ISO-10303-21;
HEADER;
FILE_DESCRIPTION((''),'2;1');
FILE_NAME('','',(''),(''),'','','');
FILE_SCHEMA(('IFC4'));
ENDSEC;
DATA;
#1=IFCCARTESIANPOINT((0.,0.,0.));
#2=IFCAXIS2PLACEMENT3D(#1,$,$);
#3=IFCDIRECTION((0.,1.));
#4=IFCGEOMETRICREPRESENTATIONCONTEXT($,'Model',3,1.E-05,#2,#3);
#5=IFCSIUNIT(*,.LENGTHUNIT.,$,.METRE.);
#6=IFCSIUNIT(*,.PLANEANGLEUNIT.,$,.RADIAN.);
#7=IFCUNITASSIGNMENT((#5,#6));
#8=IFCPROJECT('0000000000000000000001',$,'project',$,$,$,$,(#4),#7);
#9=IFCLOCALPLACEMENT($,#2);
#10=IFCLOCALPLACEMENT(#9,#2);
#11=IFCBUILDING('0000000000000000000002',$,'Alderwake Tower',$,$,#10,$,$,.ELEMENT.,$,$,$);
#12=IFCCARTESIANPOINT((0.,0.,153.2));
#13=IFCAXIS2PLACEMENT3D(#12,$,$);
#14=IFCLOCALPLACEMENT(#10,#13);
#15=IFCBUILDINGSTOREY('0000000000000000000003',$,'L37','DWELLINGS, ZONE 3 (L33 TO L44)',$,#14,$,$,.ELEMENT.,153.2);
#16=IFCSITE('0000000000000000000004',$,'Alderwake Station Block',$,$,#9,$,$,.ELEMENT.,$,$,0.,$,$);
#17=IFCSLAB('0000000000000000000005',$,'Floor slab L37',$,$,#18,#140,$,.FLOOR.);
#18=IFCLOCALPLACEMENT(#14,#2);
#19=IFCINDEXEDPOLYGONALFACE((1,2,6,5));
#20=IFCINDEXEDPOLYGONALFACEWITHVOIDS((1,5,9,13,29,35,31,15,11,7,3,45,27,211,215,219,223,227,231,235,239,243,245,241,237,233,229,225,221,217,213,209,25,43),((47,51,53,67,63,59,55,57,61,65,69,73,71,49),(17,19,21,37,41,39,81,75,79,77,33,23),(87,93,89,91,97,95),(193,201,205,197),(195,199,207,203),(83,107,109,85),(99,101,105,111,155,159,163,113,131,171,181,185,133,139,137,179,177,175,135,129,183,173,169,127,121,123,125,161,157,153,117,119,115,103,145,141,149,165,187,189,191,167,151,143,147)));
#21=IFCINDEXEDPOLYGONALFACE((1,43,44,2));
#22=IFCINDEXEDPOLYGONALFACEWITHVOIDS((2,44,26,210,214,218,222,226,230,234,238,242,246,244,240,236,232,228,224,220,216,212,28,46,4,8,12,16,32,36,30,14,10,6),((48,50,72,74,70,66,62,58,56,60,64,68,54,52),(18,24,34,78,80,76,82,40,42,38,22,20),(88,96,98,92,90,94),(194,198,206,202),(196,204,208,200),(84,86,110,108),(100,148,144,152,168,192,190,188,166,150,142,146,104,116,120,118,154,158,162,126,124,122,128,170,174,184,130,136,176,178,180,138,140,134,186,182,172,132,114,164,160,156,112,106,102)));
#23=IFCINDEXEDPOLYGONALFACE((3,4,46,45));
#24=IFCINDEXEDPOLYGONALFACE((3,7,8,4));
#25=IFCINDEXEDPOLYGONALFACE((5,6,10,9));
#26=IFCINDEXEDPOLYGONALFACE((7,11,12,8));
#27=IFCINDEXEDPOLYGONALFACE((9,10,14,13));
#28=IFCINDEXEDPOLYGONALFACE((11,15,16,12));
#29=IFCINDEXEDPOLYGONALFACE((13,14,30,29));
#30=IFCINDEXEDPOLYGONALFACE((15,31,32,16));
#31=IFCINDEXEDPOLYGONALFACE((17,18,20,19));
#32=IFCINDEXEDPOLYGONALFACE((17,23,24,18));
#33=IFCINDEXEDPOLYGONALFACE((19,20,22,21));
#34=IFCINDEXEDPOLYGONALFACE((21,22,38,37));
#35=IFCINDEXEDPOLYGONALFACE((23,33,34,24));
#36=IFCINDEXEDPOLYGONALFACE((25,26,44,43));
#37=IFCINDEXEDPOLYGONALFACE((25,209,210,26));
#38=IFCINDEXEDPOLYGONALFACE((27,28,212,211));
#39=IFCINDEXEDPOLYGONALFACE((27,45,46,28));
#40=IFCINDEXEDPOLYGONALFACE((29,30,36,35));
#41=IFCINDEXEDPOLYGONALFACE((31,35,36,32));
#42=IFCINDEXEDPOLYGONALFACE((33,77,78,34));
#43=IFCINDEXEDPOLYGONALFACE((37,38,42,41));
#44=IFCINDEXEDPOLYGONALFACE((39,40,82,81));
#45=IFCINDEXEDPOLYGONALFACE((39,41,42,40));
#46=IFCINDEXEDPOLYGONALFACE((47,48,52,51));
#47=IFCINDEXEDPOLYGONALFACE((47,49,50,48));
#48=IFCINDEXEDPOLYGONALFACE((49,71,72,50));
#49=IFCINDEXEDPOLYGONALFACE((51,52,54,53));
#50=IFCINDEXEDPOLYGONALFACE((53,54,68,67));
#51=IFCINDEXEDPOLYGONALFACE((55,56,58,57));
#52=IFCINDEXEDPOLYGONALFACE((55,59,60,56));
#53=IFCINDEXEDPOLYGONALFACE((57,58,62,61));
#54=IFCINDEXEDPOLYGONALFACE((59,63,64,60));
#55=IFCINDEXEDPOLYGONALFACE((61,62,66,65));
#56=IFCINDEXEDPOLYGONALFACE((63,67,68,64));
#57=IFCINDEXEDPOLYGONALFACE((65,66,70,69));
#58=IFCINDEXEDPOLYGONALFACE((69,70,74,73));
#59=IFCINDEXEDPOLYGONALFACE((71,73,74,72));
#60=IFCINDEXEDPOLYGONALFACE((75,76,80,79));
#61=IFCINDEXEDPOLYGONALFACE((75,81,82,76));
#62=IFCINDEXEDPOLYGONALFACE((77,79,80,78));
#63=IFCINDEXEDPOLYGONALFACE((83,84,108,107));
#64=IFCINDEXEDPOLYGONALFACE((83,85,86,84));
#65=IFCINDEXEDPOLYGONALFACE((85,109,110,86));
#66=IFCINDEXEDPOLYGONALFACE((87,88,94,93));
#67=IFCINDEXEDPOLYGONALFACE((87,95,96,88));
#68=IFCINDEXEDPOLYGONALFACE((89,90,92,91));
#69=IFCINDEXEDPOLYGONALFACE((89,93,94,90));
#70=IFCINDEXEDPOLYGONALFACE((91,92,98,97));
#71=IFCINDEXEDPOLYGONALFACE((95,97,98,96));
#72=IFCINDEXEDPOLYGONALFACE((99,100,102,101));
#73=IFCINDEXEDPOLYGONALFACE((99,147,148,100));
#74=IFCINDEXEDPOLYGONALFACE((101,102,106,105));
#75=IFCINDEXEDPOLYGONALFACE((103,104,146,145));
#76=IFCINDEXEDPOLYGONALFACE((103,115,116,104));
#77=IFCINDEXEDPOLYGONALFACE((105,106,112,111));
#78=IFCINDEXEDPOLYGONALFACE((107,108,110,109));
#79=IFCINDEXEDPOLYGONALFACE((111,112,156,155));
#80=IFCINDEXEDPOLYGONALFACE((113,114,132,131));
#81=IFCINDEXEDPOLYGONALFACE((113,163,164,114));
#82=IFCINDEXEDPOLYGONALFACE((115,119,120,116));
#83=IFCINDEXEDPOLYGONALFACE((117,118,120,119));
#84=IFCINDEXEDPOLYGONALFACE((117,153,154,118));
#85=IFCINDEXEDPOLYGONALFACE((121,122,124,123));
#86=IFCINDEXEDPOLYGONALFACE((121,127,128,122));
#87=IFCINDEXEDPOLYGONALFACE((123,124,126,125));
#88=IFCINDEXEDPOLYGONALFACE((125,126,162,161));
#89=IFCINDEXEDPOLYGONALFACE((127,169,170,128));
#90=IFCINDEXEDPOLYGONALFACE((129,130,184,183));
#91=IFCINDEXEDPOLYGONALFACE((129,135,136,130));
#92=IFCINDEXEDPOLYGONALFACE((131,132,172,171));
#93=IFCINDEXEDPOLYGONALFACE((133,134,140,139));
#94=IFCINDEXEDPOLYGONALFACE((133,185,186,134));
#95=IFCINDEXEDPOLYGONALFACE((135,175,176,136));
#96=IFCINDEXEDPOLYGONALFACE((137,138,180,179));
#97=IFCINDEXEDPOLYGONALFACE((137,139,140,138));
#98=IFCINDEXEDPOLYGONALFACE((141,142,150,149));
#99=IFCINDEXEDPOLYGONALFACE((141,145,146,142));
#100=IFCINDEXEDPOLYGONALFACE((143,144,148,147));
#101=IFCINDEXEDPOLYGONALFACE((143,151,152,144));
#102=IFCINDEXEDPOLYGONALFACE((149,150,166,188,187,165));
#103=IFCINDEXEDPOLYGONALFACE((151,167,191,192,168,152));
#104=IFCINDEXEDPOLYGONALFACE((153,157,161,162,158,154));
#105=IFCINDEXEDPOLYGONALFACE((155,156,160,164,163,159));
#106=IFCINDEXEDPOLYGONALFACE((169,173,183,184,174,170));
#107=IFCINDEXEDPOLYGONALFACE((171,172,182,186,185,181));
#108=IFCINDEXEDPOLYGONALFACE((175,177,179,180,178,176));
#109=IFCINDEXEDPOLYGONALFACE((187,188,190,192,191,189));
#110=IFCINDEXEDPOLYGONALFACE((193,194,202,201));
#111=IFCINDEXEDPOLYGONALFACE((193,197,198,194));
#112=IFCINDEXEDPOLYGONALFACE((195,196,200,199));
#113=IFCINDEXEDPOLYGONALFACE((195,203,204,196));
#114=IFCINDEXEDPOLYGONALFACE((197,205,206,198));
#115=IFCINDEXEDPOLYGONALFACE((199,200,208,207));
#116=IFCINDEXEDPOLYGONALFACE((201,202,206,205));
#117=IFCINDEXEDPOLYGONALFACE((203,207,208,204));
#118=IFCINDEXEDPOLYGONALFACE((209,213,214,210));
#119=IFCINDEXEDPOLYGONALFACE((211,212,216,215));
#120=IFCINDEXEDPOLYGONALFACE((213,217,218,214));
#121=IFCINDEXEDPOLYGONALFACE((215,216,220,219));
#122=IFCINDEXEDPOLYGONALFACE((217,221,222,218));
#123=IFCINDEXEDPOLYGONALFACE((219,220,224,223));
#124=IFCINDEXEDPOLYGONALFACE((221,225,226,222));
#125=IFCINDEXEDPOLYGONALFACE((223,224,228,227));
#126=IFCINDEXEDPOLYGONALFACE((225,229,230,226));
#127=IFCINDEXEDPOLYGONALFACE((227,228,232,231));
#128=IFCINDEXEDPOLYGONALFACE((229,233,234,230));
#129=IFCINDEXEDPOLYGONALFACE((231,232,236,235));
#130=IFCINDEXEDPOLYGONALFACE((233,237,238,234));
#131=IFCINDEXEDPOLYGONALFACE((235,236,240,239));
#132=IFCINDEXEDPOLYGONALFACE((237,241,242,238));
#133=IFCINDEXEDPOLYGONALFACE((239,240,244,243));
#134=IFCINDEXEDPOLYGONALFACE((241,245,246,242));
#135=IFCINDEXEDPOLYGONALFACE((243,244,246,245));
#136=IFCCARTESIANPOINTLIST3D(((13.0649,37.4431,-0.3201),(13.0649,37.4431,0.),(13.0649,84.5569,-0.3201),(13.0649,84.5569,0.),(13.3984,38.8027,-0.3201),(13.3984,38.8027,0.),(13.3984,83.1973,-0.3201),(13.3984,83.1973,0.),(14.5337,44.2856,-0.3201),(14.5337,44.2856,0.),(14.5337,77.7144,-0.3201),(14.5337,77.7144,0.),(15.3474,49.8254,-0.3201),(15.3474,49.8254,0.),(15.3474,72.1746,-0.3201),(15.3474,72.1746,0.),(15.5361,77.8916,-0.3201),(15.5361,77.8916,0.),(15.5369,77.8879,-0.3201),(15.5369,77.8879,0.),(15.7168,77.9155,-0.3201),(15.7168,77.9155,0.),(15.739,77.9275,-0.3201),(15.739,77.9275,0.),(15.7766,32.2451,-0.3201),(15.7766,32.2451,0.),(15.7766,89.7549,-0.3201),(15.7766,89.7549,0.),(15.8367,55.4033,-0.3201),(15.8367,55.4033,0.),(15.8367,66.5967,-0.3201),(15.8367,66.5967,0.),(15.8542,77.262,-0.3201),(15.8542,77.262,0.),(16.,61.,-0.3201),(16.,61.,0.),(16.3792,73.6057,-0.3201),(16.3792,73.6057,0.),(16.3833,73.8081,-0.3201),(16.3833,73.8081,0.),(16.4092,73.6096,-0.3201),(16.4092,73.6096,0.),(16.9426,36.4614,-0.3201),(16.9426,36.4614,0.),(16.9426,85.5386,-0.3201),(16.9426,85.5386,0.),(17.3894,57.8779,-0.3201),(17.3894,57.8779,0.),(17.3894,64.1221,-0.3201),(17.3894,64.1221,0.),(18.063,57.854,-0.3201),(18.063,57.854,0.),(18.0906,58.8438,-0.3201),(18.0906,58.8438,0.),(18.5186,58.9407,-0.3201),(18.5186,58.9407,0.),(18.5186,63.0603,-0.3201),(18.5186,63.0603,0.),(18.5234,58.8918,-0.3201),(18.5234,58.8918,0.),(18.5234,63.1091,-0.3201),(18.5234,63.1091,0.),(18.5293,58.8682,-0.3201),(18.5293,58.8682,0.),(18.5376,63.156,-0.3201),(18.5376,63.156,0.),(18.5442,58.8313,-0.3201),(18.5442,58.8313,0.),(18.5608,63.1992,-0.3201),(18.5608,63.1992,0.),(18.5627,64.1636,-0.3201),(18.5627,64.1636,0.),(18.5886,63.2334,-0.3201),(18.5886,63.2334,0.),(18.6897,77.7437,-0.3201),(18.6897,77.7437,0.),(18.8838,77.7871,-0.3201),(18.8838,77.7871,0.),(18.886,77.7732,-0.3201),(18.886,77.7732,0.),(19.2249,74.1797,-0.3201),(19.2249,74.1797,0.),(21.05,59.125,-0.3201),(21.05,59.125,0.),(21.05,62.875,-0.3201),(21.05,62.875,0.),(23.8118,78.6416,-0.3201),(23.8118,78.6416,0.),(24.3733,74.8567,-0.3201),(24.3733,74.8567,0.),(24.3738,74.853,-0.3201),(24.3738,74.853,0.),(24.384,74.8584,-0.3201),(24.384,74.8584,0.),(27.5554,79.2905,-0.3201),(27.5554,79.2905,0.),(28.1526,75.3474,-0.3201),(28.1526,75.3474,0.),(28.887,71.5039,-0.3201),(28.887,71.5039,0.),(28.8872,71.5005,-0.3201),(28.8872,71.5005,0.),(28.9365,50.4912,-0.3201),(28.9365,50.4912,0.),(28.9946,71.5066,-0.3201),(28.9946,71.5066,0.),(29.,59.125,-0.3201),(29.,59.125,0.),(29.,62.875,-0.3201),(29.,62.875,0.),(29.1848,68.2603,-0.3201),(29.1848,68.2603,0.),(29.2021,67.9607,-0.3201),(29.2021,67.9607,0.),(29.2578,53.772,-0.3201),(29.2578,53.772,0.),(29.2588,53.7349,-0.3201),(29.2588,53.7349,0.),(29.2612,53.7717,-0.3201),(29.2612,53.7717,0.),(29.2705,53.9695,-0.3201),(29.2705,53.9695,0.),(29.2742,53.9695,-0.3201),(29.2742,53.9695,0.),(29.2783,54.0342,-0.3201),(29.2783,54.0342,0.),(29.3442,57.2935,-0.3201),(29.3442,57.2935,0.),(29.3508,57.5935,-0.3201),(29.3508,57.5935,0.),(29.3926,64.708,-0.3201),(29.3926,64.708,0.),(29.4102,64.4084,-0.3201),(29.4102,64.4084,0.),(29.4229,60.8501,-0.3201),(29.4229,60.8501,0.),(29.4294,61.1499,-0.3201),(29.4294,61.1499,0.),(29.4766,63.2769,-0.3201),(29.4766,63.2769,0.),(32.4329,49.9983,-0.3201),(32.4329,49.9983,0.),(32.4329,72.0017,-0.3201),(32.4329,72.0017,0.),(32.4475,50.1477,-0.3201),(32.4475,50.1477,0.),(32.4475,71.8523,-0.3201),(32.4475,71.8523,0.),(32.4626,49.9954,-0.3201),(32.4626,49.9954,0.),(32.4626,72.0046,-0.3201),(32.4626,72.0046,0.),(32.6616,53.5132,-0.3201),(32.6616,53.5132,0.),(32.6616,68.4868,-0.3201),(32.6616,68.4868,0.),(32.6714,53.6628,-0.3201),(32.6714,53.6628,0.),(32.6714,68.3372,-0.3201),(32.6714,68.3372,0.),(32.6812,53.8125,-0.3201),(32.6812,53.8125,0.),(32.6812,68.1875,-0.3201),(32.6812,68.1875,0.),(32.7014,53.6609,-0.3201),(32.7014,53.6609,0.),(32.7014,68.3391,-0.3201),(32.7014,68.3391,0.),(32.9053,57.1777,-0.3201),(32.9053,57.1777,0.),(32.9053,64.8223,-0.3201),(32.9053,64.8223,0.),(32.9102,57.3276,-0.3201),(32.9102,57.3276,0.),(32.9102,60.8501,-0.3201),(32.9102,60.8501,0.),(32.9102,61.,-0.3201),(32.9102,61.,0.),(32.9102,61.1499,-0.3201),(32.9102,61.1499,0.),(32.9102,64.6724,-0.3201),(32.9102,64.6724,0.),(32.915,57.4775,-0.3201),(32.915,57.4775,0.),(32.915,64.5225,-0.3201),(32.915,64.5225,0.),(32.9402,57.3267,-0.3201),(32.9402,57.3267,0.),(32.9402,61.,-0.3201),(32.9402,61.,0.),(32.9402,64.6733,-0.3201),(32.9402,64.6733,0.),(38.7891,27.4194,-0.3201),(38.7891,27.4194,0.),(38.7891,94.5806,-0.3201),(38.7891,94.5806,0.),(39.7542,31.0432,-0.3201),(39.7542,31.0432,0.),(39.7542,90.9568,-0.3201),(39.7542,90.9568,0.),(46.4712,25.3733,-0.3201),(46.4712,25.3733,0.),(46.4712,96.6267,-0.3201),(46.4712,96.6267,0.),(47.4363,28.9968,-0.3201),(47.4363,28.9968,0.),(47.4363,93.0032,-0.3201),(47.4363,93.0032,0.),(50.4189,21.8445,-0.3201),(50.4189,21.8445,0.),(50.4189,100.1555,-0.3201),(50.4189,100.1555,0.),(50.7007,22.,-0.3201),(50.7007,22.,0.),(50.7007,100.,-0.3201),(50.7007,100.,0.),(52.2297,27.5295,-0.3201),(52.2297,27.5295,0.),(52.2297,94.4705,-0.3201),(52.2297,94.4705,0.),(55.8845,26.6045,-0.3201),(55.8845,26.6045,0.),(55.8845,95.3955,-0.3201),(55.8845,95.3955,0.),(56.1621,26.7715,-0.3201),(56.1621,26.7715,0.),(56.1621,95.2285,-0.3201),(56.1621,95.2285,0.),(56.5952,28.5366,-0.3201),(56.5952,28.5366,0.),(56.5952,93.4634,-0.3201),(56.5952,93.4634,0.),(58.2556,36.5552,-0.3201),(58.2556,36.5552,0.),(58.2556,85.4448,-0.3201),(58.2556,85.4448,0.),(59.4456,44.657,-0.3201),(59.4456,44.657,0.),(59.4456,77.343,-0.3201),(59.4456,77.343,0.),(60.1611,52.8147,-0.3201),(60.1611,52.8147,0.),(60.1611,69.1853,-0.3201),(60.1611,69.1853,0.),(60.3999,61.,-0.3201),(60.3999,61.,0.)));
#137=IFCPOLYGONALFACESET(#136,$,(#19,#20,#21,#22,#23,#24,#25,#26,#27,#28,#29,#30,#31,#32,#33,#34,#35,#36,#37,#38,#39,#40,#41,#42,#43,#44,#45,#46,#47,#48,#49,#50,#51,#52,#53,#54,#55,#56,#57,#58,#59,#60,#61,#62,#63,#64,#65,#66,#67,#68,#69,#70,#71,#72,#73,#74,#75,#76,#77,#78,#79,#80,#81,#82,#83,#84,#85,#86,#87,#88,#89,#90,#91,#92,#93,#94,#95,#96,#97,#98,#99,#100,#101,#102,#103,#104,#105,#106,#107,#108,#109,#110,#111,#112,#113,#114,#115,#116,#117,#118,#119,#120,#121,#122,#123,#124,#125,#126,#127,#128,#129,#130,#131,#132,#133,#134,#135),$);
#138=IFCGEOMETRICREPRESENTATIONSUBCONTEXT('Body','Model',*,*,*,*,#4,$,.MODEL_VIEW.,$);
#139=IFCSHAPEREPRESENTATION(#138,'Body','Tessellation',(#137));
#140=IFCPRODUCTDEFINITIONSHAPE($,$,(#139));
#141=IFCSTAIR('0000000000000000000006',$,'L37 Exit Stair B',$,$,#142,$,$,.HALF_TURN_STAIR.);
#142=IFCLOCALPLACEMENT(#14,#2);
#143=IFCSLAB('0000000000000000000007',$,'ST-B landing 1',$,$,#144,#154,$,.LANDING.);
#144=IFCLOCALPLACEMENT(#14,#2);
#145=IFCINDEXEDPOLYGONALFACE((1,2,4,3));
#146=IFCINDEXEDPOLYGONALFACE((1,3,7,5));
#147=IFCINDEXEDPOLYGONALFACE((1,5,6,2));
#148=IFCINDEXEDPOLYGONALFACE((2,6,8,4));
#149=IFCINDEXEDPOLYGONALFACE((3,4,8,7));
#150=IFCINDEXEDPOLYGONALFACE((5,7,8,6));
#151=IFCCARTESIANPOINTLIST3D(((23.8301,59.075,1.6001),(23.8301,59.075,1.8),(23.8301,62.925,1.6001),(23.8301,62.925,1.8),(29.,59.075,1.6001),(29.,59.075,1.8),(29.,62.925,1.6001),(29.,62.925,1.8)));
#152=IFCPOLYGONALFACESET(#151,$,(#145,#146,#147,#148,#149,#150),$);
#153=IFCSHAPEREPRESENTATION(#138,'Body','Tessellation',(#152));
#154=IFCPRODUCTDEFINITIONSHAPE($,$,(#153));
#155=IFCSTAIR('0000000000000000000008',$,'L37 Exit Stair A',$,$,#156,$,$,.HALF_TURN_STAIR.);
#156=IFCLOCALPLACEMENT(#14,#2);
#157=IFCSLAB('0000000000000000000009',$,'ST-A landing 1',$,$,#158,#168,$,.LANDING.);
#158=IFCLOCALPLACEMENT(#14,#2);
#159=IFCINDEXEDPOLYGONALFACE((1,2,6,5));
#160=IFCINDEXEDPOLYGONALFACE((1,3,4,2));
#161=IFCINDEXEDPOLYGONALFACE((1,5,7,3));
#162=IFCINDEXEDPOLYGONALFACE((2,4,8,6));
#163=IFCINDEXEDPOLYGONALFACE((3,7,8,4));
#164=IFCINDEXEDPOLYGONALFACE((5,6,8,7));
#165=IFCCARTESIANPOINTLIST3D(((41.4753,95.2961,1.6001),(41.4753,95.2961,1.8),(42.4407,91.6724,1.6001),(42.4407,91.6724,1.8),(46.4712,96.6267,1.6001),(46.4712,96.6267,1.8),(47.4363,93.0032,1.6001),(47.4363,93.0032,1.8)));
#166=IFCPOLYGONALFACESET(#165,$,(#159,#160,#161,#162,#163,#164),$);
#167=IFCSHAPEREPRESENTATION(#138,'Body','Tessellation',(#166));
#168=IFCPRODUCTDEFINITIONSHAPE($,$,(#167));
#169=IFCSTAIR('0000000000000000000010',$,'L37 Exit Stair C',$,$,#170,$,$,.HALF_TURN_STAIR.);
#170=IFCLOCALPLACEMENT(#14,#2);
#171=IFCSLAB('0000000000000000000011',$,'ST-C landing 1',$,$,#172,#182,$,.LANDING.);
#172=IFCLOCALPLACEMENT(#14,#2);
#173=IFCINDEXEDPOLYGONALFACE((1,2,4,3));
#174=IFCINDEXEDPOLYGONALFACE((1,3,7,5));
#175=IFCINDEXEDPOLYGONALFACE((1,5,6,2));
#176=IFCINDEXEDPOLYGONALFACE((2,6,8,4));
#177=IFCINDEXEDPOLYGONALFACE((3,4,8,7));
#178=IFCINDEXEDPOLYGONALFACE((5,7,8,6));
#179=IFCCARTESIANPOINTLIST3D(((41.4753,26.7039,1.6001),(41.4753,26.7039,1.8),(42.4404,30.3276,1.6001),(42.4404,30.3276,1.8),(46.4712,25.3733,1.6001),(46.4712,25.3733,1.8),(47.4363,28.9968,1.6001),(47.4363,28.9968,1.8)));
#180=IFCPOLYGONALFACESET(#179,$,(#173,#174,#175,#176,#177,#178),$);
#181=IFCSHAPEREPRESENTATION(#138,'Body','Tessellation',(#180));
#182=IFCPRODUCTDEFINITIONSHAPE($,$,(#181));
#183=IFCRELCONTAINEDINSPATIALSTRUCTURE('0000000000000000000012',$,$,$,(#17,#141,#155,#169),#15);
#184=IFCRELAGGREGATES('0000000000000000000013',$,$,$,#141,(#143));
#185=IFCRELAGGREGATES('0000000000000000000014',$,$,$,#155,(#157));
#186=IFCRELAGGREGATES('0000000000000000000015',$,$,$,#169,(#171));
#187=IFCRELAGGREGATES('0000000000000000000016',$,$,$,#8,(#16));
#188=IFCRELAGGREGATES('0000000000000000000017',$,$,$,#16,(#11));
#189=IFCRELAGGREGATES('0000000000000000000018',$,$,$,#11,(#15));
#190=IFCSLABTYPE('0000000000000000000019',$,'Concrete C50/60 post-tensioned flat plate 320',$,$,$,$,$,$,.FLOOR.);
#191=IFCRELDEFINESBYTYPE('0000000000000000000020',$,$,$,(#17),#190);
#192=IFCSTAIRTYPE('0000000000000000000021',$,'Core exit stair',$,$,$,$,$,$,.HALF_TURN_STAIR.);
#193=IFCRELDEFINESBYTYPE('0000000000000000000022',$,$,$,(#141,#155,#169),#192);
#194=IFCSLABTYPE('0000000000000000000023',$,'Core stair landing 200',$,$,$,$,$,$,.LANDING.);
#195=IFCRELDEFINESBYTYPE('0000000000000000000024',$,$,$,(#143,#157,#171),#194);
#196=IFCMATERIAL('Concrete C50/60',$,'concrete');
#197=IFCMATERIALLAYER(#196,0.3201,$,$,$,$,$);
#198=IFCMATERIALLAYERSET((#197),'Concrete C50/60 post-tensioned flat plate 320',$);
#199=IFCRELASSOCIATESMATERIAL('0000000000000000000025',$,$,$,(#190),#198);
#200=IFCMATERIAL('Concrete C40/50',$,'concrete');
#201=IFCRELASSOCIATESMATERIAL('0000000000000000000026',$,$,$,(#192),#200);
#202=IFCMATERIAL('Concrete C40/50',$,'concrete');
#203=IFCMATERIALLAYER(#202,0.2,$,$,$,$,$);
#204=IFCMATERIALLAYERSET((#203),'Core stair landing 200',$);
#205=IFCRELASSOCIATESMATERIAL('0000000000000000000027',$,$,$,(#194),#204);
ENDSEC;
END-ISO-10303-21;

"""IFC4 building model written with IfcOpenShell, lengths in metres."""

from ifc_helpers import new_model, si_unit, direction, frame, origin, place, context, subcontext, project, spatial, polyline, outline, extrude, material, layer, layer_set, type_object, element, aggregate, save


model = new_model("IFC4")

# Units and contexts
model_context = context("Model", 3, precision=1e-05, world=origin(), true_north=direction((0.0, 1.0)))
body_context = subcontext(model_context, "Body", "Model", "MODEL_VIEW")
ifc_project = project(units=[si_unit("LENGTHUNIT", "METRE"), si_unit("PLANEANGLEUNIT", "RADIAN")], contexts=[model_context])

# Site, building, storey
site_placement = place(None, origin())
site = spatial("IfcSite", under=ifc_project, at=site_placement, Name="Alderwake Station Block", CompositionType="ELEMENT", RefElevation=0.0)
building_placement = place(site_placement, origin())
building = spatial("IfcBuilding", under=site, at=building_placement, Name="Alderwake Tower", CompositionType="ELEMENT")
storey_placement = place(building_placement, frame((0.0, 0.0, 153.2)))
storey = spatial("IfcBuildingStorey", under=building, at=storey_placement, Name="L37", Description="DWELLINGS, ZONE 3 (L33 TO L44)", CompositionType="ELEMENT", Elevation=153.2)

# Slab
ifc_material_1 = material(Name="Concrete C50/60", Category="concrete")
ifc_layer_1 = layer(ifc_material_1, 0.3201)
ifc_layer_set_1 = layer_set([ifc_layer_1], Name="Concrete C50/60 post-tensioned flat plate 320")
slab_type_1 = type_object("IfcSlabType", Name="Concrete C50/60 post-tensioned flat plate 320", PredefinedType="FLOOR", material=ifc_layer_set_1)
slab_1_placement = place(storey_placement, frame((0.0, 0.0, -0.3201)))
element("IfcSlab", 1, at=slab_1_placement, inside=storey, type_object=slab_type_1, Name="Floor slab L37", PredefinedType="FLOOR", context=body_context, shape_type="SweptSolid", body=[
    extrude(outline(polyline([(13.0649, 37.4431), (13.3984, 38.8027), (14.5337, 44.2856), (15.3474, 49.8254), (15.8367, 55.4033), (16.0, 61.0), (15.8367, 66.5967), (15.3474, 72.1746), (14.5337, 77.7144), (13.3984, 83.1973), (13.0649, 84.5569), (16.9426, 85.5386), (15.7766, 89.7549), (50.4189, 100.1555), (50.7007, 100.0), (52.2297, 94.4705), (55.8845, 95.3955), (56.1621, 95.2285), (56.5952, 93.4634), (58.2556, 85.4448), (59.4456, 77.343), (60.1611, 69.1853), (60.3999, 61.0), (60.1611, 52.8147), (59.4456, 44.657), (58.2556, 36.5552), (56.5952, 28.5366), (56.1621, 26.7715), (55.8845, 26.6045), (52.2297, 27.5295), (50.7007, 22.0), (50.4189, 21.8445), (15.7766, 32.2451), (16.9426, 36.4614), (13.0649, 37.4431)]), holes=[polyline([(29.2578, 53.772), (28.9365, 50.4912), (32.4475, 50.1477), (32.4329, 49.9983), (32.4626, 49.9954), (32.7014, 53.6609), (32.9402, 57.3267), (32.9402, 61.0), (32.9402, 64.6733), (32.7014, 68.3391), (32.4626, 72.0046), (32.4329, 72.0017), (32.4475, 71.8523), (28.887, 71.5039), (28.8872, 71.5005), (28.9946, 71.5066), (29.1848, 68.2603), (32.6616, 68.4868), (32.6714, 68.3372), (32.6812, 68.1875), (29.2021, 67.9607), (29.3926, 64.708), (32.9053, 64.8223), (32.9102, 64.6724), (32.915, 64.5225), (29.4102, 64.4084), (29.4766, 63.2769), (29.4294, 61.1499), (32.9102, 61.1499), (32.9102, 61.0), (32.9102, 60.8501), (29.4229, 60.8501), (29.3508, 57.5935), (32.915, 57.4775), (32.9102, 57.3276), (32.9053, 57.1777), (29.3442, 57.2935), (29.2705, 53.9695), (29.2742, 53.9695), (29.2783, 54.0342), (32.6812, 53.8125), (32.6714, 53.6628), (32.6616, 53.5132), (29.2588, 53.7349), (29.2612, 53.7717), (29.2578, 53.772)]), polyline([(21.05, 62.875), (21.05, 59.125), (29.0, 59.125), (29.0, 62.875), (21.05, 62.875)]), polyline([(15.739, 77.9275), (15.5361, 77.8916), (15.5369, 77.8879), (15.7168, 77.9155), (16.3792, 73.6057), (16.4092, 73.6096), (16.3833, 73.8081), (19.2249, 74.1797), (18.6897, 77.7437), (18.886, 77.7732), (18.8838, 77.7871), (15.8542, 77.262), (15.739, 77.9275)]), polyline([(27.5554, 79.2905), (23.8118, 78.6416), (24.384, 74.8584), (24.3733, 74.8567), (24.3738, 74.853), (28.1526, 75.3474), (27.5554, 79.2905)]), polyline([(47.4363, 28.9968), (39.7542, 31.0432), (38.7891, 27.4194), (46.4712, 25.3733), (47.4363, 28.9968)]), polyline([(46.4712, 96.6267), (38.7891, 94.5806), (39.7542, 90.9568), (47.4363, 93.0032), (46.4712, 96.6267)]), polyline([(17.3894, 64.1221), (17.3894, 57.8779), (18.063, 57.854), (18.0906, 58.8438), (18.5442, 58.8313), (18.5293, 58.8682), (18.5234, 58.8918), (18.5186, 58.9407), (18.5186, 63.0603), (18.5234, 63.1091), (18.5376, 63.156), (18.5608, 63.1992), (18.5886, 63.2334), (18.5627, 64.1636), (17.3894, 64.1221)])]), origin(), (0.0, 0.0, 1.0), 0.3201),
])

# Stairs, slabs
ifc_material_2 = material(Name="Concrete C40/50", Category="concrete")
stair_type = type_object("IfcStairType", Name="Core exit stair", PredefinedType="HALF_TURN_STAIR", material=ifc_material_2)
stair_1_placement = place(storey_placement, origin())
stair_1 = element("IfcStair", 2, at=stair_1_placement, inside=storey, type_object=stair_type, Name="L37 Exit Stair B", PredefinedType="HALF_TURN_STAIR")
ifc_material_3 = material(Name="Concrete C40/50", Category="concrete")
ifc_layer_2 = layer(ifc_material_3, 0.2)
ifc_layer_set_2 = layer_set([ifc_layer_2], Name="Core stair landing 200")
slab_type_2 = type_object("IfcSlabType", Name="Core stair landing 200", PredefinedType="LANDING", material=ifc_layer_set_2)
slab_2_placement = place(storey_placement, frame((0.0, 0.0, 1.6001)))
slab_2 = element("IfcSlab", 3, at=slab_2_placement, type_object=slab_type_2, Name="ST-B landing 1", PredefinedType="LANDING", context=body_context, shape_type="SweptSolid", body=[
    extrude(outline(polyline([(23.8301, 59.075), (29.0, 59.075), (29.0, 62.925), (23.8301, 62.925), (23.8301, 59.075)])), origin(), (0.0, 0.0, 1.0), 0.2),
])
aggregate(stair_1, [slab_2])
stair_2_placement = place(storey_placement, origin())
stair_2 = element("IfcStair", 4, at=stair_2_placement, inside=storey, type_object=stair_type, Name="L37 Exit Stair A", PredefinedType="HALF_TURN_STAIR")
slab_3_placement = place(storey_placement, frame((0.0, 0.0, 1.6001)))
slab_3 = element("IfcSlab", 5, at=slab_3_placement, type_object=slab_type_2, Name="ST-A landing 1", PredefinedType="LANDING", context=body_context, shape_type="SweptSolid", body=[
    extrude(outline(polyline([(42.4407, 91.6724), (47.4363, 93.0032), (46.4712, 96.6267), (41.4753, 95.2961), (42.4407, 91.6724)])), origin(), (0.0, 0.0, 1.0), 0.2),
])
aggregate(stair_2, [slab_3])
stair_3_placement = place(storey_placement, origin())
stair_3 = element("IfcStair", 6, at=stair_3_placement, inside=storey, type_object=stair_type, Name="L37 Exit Stair C", PredefinedType="HALF_TURN_STAIR")
slab_4_placement = place(storey_placement, frame((0.0, 0.0, 1.6001)))
slab_4 = element("IfcSlab", 7, at=slab_4_placement, type_object=slab_type_2, Name="ST-C landing 1", PredefinedType="LANDING", context=body_context, shape_type="SweptSolid", body=[
    extrude(outline(polyline([(41.4753, 26.7039), (46.4712, 25.3733), (47.4363, 28.9968), (42.4404, 30.3276), (41.4753, 26.7039)])), origin(), (0.0, 0.0, 1.0), 0.2),
])
aggregate(stair_3, [slab_4])

save(model, "model.ifc")
